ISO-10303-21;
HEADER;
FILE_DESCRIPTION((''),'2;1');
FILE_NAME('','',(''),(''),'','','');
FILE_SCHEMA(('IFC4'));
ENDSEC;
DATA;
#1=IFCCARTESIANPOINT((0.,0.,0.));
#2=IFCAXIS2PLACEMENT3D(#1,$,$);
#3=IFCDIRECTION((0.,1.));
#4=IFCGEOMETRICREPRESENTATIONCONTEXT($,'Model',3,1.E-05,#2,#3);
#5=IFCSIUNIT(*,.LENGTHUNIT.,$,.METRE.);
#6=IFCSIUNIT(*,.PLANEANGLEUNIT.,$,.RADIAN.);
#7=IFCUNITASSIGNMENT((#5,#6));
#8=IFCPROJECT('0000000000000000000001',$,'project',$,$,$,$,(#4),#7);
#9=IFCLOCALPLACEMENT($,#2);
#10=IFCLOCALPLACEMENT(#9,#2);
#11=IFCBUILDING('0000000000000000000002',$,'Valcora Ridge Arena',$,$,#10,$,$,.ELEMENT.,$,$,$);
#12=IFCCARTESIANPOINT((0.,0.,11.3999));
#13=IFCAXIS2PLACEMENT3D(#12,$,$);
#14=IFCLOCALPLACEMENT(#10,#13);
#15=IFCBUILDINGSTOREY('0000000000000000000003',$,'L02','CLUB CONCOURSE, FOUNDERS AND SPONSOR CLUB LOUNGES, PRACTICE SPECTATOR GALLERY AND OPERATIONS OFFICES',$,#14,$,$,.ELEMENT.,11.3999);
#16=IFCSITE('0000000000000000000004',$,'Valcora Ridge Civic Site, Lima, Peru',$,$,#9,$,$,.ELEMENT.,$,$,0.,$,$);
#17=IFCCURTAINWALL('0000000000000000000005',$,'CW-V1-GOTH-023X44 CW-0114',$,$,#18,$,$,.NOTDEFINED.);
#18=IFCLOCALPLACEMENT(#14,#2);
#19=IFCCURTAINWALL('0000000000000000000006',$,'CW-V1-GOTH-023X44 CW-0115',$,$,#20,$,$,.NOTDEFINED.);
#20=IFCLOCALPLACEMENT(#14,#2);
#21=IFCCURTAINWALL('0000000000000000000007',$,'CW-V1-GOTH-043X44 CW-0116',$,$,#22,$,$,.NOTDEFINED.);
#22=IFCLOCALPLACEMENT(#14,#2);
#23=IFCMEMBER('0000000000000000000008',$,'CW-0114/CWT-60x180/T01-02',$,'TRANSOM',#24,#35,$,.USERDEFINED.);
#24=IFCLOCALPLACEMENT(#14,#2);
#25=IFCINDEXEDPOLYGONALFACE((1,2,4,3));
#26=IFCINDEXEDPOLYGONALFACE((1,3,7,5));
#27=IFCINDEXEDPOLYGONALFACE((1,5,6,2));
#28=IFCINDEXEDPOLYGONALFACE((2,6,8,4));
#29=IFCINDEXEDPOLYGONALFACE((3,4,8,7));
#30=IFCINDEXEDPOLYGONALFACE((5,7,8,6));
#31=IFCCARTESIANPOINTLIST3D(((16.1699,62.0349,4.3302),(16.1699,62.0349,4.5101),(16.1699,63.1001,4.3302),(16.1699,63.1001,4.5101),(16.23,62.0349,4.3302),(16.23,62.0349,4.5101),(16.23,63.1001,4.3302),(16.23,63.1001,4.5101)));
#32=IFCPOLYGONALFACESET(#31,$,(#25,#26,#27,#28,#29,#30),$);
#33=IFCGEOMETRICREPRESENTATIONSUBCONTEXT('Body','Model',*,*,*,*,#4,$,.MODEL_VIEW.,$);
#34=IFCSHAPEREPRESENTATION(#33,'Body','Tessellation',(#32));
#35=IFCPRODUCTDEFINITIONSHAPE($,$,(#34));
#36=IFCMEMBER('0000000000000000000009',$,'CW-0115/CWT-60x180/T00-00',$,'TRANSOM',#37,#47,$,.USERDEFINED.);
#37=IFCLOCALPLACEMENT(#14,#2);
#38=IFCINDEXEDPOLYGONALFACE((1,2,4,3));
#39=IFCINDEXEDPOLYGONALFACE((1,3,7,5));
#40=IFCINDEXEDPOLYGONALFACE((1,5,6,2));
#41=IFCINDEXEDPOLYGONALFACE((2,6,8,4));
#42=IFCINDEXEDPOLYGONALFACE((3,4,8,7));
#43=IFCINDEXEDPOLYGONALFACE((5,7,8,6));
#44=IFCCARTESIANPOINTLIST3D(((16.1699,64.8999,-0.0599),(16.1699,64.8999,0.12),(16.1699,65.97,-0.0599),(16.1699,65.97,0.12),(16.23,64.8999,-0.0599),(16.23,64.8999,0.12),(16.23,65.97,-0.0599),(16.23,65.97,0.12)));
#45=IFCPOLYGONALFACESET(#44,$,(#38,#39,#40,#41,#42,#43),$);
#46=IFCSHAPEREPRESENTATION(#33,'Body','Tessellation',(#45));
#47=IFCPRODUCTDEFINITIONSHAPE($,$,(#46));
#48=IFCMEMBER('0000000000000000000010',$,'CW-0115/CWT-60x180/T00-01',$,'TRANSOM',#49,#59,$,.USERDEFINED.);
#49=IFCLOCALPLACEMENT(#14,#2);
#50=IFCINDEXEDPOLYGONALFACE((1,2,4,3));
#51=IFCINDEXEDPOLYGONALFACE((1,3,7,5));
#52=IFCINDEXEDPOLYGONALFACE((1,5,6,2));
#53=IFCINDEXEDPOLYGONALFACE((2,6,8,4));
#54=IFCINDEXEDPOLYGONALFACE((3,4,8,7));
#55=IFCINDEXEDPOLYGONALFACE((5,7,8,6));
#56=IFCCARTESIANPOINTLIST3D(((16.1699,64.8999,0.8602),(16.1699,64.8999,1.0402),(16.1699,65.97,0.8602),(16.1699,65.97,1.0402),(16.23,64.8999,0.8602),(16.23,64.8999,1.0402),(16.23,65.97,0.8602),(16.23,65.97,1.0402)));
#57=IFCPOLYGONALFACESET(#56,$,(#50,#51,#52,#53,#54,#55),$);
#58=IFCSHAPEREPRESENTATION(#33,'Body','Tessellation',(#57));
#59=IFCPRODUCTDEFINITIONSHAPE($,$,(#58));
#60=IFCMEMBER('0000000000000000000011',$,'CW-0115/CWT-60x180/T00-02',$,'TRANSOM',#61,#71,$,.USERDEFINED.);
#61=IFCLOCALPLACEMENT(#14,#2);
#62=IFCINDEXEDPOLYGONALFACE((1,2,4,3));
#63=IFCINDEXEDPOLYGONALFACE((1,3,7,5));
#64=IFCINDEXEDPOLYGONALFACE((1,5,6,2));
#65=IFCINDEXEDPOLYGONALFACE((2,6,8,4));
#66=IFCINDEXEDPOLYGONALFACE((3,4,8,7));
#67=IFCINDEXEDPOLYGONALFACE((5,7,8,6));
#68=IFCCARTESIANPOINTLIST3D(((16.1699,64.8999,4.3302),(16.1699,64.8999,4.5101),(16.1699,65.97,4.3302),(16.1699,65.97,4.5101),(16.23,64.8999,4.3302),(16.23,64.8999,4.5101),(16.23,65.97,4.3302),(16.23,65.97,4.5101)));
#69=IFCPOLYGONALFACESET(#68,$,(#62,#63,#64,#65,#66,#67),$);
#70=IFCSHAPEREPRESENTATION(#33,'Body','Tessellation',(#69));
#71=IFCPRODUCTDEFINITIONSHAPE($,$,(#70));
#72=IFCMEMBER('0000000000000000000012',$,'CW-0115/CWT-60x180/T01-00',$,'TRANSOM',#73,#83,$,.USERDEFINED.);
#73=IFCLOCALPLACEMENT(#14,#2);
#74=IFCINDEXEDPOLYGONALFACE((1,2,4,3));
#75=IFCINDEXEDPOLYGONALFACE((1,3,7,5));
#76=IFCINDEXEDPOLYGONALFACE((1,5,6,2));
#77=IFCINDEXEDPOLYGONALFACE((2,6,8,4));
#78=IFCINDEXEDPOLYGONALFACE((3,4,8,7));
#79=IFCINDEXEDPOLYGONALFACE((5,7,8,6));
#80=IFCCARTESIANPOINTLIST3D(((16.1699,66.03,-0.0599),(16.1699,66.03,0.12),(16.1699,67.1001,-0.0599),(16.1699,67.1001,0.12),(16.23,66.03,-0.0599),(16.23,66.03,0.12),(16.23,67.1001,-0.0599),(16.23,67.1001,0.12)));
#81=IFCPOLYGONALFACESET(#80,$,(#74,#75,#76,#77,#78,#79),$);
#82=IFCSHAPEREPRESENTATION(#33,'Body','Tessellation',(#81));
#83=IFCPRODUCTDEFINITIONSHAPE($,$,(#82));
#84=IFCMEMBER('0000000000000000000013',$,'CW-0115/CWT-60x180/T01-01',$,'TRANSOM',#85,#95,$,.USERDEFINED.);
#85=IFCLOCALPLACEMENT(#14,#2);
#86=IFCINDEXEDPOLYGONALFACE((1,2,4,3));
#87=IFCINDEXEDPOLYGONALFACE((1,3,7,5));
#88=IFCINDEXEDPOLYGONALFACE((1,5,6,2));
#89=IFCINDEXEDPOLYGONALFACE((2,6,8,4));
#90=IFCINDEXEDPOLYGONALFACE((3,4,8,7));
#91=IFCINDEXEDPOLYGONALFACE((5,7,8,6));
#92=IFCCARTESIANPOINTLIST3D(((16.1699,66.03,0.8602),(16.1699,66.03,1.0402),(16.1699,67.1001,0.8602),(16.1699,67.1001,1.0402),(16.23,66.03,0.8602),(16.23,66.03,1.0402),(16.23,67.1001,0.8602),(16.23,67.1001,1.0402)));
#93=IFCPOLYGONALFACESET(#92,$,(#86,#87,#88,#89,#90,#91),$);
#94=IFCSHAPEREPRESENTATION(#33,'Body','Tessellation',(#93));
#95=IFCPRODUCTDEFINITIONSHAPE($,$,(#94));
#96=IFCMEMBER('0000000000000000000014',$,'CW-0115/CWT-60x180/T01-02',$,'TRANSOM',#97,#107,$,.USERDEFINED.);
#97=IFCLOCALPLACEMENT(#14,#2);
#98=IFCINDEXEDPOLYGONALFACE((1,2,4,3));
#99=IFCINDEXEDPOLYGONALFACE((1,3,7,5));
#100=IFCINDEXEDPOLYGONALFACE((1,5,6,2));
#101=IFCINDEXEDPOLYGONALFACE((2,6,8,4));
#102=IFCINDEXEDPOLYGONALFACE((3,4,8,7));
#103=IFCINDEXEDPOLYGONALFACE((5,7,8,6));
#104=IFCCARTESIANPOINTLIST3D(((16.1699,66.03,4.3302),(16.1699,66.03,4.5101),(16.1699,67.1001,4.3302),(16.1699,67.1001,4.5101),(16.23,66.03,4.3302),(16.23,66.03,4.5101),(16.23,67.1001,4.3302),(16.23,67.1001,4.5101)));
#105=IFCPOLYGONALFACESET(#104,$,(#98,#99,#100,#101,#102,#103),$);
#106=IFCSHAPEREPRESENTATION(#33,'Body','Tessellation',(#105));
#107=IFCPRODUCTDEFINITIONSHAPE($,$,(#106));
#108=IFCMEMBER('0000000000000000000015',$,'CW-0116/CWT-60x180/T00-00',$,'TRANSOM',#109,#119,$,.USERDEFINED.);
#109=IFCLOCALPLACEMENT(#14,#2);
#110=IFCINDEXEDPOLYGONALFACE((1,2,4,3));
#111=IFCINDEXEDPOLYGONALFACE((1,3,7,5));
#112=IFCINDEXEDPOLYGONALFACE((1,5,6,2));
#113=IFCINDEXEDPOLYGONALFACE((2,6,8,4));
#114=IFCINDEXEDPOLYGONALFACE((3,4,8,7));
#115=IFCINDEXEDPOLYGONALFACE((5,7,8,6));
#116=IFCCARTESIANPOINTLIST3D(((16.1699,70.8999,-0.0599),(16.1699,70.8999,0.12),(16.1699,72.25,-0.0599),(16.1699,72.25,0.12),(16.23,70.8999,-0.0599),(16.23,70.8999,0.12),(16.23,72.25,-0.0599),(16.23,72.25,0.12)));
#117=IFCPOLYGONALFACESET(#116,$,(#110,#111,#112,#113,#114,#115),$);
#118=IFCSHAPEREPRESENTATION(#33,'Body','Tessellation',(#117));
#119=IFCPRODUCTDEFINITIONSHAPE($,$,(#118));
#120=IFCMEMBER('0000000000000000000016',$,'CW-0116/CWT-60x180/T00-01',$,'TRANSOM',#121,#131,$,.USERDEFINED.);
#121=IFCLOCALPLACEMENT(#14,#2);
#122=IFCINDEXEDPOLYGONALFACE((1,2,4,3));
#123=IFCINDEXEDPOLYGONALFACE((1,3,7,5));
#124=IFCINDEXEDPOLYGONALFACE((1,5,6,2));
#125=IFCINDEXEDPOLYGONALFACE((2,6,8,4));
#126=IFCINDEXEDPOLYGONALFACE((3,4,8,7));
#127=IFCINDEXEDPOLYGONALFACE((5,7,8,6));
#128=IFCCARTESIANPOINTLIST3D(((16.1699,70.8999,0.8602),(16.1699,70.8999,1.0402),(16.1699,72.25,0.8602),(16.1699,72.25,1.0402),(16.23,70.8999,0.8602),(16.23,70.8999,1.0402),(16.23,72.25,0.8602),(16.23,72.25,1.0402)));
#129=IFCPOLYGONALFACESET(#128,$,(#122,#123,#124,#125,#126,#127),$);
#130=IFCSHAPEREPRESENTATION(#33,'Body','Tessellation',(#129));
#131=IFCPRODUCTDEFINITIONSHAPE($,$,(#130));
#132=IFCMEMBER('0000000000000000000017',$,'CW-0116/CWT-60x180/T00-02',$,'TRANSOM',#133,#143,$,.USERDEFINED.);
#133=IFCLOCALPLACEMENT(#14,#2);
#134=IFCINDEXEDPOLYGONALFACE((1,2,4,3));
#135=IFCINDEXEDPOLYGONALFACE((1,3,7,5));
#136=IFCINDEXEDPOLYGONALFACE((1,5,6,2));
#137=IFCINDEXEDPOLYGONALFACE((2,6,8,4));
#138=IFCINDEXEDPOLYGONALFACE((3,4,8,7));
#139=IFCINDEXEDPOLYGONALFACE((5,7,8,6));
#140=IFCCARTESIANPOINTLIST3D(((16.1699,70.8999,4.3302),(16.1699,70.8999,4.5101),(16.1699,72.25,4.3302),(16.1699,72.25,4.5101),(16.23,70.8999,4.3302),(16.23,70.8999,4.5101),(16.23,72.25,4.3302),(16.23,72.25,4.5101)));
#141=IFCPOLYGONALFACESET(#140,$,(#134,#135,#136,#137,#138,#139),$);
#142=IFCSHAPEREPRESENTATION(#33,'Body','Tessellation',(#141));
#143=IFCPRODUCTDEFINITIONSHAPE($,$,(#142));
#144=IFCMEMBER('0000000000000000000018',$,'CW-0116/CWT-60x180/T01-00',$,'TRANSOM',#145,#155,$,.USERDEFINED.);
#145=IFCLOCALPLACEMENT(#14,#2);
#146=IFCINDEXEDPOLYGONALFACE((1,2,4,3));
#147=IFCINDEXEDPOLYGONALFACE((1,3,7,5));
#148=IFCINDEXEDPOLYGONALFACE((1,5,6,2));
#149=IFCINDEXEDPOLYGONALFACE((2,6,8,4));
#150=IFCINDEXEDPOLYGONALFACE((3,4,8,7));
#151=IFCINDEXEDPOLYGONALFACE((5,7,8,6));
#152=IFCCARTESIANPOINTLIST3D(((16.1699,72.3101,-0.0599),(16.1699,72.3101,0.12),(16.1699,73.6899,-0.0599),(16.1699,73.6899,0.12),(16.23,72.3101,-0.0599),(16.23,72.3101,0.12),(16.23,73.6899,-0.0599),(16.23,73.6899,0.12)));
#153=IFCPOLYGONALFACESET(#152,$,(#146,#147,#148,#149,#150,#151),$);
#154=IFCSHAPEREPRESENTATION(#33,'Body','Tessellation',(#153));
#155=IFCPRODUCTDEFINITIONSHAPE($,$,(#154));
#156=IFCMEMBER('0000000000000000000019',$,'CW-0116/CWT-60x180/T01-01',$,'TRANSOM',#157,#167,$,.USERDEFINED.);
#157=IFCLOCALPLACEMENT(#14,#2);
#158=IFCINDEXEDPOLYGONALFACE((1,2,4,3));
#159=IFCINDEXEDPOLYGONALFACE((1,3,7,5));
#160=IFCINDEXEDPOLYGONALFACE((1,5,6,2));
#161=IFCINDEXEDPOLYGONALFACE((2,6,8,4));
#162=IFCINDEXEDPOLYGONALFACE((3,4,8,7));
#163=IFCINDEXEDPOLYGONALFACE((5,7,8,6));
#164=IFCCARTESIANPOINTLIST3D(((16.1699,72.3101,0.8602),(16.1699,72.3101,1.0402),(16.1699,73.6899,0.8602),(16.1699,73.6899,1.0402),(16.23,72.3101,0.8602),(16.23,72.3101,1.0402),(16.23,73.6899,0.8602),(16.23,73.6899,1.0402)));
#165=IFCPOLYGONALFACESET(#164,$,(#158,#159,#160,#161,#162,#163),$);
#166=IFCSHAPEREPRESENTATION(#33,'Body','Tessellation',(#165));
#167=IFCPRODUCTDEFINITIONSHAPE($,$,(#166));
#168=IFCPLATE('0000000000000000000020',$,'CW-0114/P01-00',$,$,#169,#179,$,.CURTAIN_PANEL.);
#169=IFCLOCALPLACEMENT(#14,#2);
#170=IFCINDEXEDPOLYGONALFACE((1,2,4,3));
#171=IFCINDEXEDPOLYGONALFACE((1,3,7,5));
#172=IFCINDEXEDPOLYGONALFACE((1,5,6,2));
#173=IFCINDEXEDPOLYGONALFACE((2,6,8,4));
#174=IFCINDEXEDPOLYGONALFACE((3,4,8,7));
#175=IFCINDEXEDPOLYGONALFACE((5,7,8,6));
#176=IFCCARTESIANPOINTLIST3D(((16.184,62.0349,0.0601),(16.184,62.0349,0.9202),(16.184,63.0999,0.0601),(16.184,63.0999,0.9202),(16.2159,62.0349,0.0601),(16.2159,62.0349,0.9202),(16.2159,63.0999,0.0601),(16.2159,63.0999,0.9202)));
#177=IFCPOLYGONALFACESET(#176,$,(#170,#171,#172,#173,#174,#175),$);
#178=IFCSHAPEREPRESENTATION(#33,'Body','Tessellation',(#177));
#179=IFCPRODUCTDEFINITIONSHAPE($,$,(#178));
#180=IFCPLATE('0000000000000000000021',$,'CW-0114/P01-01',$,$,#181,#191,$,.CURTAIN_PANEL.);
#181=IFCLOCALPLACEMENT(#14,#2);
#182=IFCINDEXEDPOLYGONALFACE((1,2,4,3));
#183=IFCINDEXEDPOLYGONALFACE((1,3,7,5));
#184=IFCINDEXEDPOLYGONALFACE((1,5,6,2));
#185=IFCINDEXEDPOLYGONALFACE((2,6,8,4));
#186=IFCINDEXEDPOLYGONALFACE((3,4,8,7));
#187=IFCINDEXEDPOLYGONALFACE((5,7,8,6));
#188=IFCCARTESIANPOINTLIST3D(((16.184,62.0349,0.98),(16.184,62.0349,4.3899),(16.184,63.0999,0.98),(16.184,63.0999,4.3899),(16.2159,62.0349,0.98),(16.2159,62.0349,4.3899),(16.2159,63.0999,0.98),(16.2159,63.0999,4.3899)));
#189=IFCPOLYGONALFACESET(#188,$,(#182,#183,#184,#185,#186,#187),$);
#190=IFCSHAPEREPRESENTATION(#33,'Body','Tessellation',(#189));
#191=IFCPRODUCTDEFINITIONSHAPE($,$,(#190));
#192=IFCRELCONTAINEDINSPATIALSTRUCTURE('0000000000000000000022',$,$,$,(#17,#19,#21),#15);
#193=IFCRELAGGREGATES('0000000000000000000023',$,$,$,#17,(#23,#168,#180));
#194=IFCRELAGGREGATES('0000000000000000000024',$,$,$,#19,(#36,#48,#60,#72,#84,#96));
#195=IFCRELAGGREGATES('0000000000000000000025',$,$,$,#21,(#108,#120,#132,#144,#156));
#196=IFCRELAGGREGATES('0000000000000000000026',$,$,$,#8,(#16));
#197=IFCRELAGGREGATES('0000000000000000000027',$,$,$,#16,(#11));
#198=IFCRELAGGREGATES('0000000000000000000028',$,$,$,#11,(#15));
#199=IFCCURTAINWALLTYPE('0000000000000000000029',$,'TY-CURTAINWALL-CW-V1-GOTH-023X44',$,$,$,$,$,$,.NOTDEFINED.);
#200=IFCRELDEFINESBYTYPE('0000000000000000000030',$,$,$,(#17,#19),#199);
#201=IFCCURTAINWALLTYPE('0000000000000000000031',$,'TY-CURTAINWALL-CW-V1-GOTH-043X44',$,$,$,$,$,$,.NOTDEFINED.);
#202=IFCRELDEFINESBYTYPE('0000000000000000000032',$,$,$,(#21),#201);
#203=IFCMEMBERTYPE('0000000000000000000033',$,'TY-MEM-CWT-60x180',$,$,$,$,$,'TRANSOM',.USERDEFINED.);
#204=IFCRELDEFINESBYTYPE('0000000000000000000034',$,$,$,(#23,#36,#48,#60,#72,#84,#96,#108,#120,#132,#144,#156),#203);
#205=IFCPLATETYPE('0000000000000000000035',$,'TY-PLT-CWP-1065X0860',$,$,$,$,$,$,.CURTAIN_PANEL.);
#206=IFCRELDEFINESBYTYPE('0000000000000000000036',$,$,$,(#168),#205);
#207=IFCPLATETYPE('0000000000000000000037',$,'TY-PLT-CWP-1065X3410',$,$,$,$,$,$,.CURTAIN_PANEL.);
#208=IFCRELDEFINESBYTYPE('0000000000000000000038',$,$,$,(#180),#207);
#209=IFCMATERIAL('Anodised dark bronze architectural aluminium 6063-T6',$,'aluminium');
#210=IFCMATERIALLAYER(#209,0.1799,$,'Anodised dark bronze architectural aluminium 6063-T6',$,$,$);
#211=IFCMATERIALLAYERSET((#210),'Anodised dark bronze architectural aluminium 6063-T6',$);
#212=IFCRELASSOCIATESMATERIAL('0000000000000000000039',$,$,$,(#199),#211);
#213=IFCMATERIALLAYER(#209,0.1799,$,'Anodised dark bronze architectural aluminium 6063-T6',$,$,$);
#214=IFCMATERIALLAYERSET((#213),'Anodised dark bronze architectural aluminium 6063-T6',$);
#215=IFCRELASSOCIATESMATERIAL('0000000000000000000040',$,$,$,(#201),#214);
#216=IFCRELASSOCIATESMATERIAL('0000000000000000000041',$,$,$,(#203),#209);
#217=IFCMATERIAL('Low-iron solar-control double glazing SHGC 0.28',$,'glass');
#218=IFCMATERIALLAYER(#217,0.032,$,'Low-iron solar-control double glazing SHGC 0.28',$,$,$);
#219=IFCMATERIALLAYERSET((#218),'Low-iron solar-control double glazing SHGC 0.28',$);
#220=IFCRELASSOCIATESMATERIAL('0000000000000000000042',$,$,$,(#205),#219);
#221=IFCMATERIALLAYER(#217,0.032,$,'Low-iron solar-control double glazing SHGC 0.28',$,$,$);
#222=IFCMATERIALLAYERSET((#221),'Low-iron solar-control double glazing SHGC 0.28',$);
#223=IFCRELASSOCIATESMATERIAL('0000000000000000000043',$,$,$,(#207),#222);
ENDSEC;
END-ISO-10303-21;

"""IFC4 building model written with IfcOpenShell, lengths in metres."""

from ifc_helpers import new_model, si_unit, direction, frame, origin, origin_2d, place, context, subcontext, project, spatial, rectangle, extrude, material, layer, layer_set, material_profile, profile_set, type_object, element, aggregate, save


model = new_model("IFC4")

# Units and contexts
model_context = context("Model", 3, precision=1e-05, world=origin(), true_north=direction((0.0, 1.0)))
body_context = subcontext(model_context, "Body", "Model", "MODEL_VIEW")
ifc_project = project(units=[si_unit("LENGTHUNIT", "METRE"), si_unit("PLANEANGLEUNIT", "RADIAN")], contexts=[model_context])

# Site, building, storey
site_placement = place(None, origin())
site = spatial("IfcSite", under=ifc_project, at=site_placement, Name="Valcora Ridge Civic Site, Lima, Peru", CompositionType="ELEMENT", RefElevation=0.0)
building_placement = place(site_placement, origin())
building = spatial("IfcBuilding", under=site, at=building_placement, Name="Valcora Ridge Arena", CompositionType="ELEMENT")
storey_placement = place(building_placement, frame((0.0, 0.0, 11.3999)))
storey = spatial("IfcBuildingStorey", under=building, at=storey_placement, Name="L02", Description="CLUB CONCOURSE, FOUNDERS AND SPONSOR CLUB LOUNGES, PRACTICE SPECTATOR GALLERY AND OPERATIONS OFFICES", CompositionType="ELEMENT", Elevation=11.3999)

# Curtain wall
ifc_material_1 = material(Name="Anodised dark bronze architectural aluminium 6063-T6", Category="aluminium")
ifc_layer_1 = layer(ifc_material_1, 0.1799, Name="Anodised dark bronze architectural aluminium 6063-T6")
ifc_layer_set_1 = layer_set([ifc_layer_1], Name="Anodised dark bronze architectural aluminium 6063-T6")
curtain_wall_type_1 = type_object("IfcCurtainWallType", Name="TY-CURTAINWALL-CW-V1-GOTH-023X44", PredefinedType="NOTDEFINED", material=ifc_layer_set_1)
curtain_wall_1_placement = place(storey_placement, origin())
curtain_wall_1 = element("IfcCurtainWall", 1, at=curtain_wall_1_placement, inside=storey, type_object=curtain_wall_type_1, Name="CW-V1-GOTH-023X44 CW-0114", PredefinedType="NOTDEFINED")

# Curtain walls
curtain_wall_2_placement = place(storey_placement, origin())
curtain_wall_2 = element("IfcCurtainWall", 2, at=curtain_wall_2_placement, inside=storey, type_object=curtain_wall_type_1, Name="CW-V1-GOTH-023X44 CW-0115", PredefinedType="NOTDEFINED")
ifc_layer_2 = layer(ifc_material_1, 0.1799, Name="Anodised dark bronze architectural aluminium 6063-T6")
ifc_layer_set_2 = layer_set([ifc_layer_2], Name="Anodised dark bronze architectural aluminium 6063-T6")
curtain_wall_type_2 = type_object("IfcCurtainWallType", Name="TY-CURTAINWALL-CW-V1-GOTH-043X44", PredefinedType="NOTDEFINED", material=ifc_layer_set_2)
curtain_wall_3_placement = place(storey_placement, origin())
curtain_wall_3 = element("IfcCurtainWall", 3, at=curtain_wall_3_placement, inside=storey, type_object=curtain_wall_type_2, Name="CW-V1-GOTH-043X44 CW-0116", PredefinedType="NOTDEFINED")

# Members
ifc_material_profile_1 = material_profile(ifc_material_1, rectangle(XDim=0.0601, YDim=0.1799, at=origin_2d()), Name="ALU TRANSOM 60x180")
ifc_profile_set_1 = profile_set([ifc_material_profile_1], Name="Anodised dark bronze architectural aluminium 6063-T6")
member_type_1 = type_object("IfcMemberType", Name="TY-MEM-CWT-60x180", ElementType="TRANSOM", PredefinedType="USERDEFINED", material=ifc_profile_set_1)
member_1_placement = place(storey_placement, frame((16.2, 62.0349, 4.4202), z_axis=(0.0, 1.0, 0.0), x_axis=(-1.0, 0.0, 0.0)))
member_1 = element("IfcMember", 4, at=member_1_placement, type_object=member_type_1, Name="CW-0114/CWT-60x180/T01-02", ObjectType="TRANSOM", PredefinedType="USERDEFINED", context=body_context, shape_type="SweptSolid", body=[
    extrude(rectangle(XDim=0.0601, YDim=0.1799, at=origin_2d()), origin(), (0.0, 0.0, 1.0), 1.0652),
])
member_2_placement = place(storey_placement, frame((16.2, 64.8999, 0.03), z_axis=(0.0, 1.0, 0.0), x_axis=(-1.0, 0.0, 0.0)))
member_2 = element("IfcMember", 5, at=member_2_placement, type_object=member_type_1, Name="CW-0115/CWT-60x180/T00-00", ObjectType="TRANSOM", PredefinedType="USERDEFINED", context=body_context, shape_type="SweptSolid", body=[
    extrude(rectangle(XDim=0.0601, YDim=0.1799, at=origin_2d()), origin(), (0.0, 0.0, 1.0), 1.0701),
])
member_3_placement = place(storey_placement, frame((16.2, 64.8999, 0.9502), z_axis=(0.0, 1.0, 0.0), x_axis=(-1.0, 0.0, 0.0)))
member_3 = element("IfcMember", 6, at=member_3_placement, type_object=member_type_1, Name="CW-0115/CWT-60x180/T00-01", ObjectType="TRANSOM", PredefinedType="USERDEFINED", context=body_context, shape_type="SweptSolid", body=[
    extrude(rectangle(XDim=0.0601, YDim=0.1799, at=origin_2d()), origin(), (0.0, 0.0, 1.0), 1.0701),
])
member_4_placement = place(storey_placement, frame((16.2, 64.8999, 4.4202), z_axis=(0.0, 1.0, 0.0), x_axis=(-1.0, 0.0, 0.0)))
member_4 = element("IfcMember", 7, at=member_4_placement, type_object=member_type_1, Name="CW-0115/CWT-60x180/T00-02", ObjectType="TRANSOM", PredefinedType="USERDEFINED", context=body_context, shape_type="SweptSolid", body=[
    extrude(rectangle(XDim=0.0601, YDim=0.1799, at=origin_2d()), origin(), (0.0, 0.0, 1.0), 1.0701),
])
member_5_placement = place(storey_placement, frame((16.2, 66.03, 0.03), z_axis=(0.0, 1.0, 0.0), x_axis=(-1.0, 0.0, 0.0)))
member_5 = element("IfcMember", 8, at=member_5_placement, type_object=member_type_1, Name="CW-0115/CWT-60x180/T01-00", ObjectType="TRANSOM", PredefinedType="USERDEFINED", context=body_context, shape_type="SweptSolid", body=[
    extrude(rectangle(XDim=0.0601, YDim=0.1799, at=origin_2d()), origin(), (0.0, 0.0, 1.0), 1.0701),
])
member_6_placement = place(storey_placement, frame((16.2, 66.03, 0.9502), z_axis=(0.0, 1.0, 0.0), x_axis=(-1.0, 0.0, 0.0)))
member_6 = element("IfcMember", 9, at=member_6_placement, type_object=member_type_1, Name="CW-0115/CWT-60x180/T01-01", ObjectType="TRANSOM", PredefinedType="USERDEFINED", context=body_context, shape_type="SweptSolid", body=[
    extrude(rectangle(XDim=0.0601, YDim=0.1799, at=origin_2d()), origin(), (0.0, 0.0, 1.0), 1.0701),
])
member_7_placement = place(storey_placement, frame((16.2, 66.03, 4.4202), z_axis=(0.0, 1.0, 0.0), x_axis=(-1.0, 0.0, 0.0)))
member_7 = element("IfcMember", 10, at=member_7_placement, type_object=member_type_1, Name="CW-0115/CWT-60x180/T01-02", ObjectType="TRANSOM", PredefinedType="USERDEFINED", context=body_context, shape_type="SweptSolid", body=[
    extrude(rectangle(XDim=0.0601, YDim=0.1799, at=origin_2d()), origin(), (0.0, 0.0, 1.0), 1.0701),
])
member_8_placement = place(storey_placement, frame((16.2, 70.8999, 0.03), z_axis=(0.0, 1.0, 0.0), x_axis=(-1.0, 0.0, 0.0)))
member_8 = element("IfcMember", 11, at=member_8_placement, type_object=member_type_1, Name="CW-0116/CWT-60x180/T00-00", ObjectType="TRANSOM", PredefinedType="USERDEFINED", context=body_context, shape_type="SweptSolid", body=[
    extrude(rectangle(XDim=0.0601, YDim=0.1799, at=origin_2d()), origin(), (0.0, 0.0, 1.0), 1.3501),
])
member_9_placement = place(storey_placement, frame((16.2, 70.8999, 0.9502), z_axis=(0.0, 1.0, 0.0), x_axis=(-1.0, 0.0, 0.0)))
member_9 = element("IfcMember", 12, at=member_9_placement, type_object=member_type_1, Name="CW-0116/CWT-60x180/T00-01", ObjectType="TRANSOM", PredefinedType="USERDEFINED", context=body_context, shape_type="SweptSolid", body=[
    extrude(rectangle(XDim=0.0601, YDim=0.1799, at=origin_2d()), origin(), (0.0, 0.0, 1.0), 1.3501),
])
member_10_placement = place(storey_placement, frame((16.2, 70.8999, 4.4202), z_axis=(0.0, 1.0, 0.0), x_axis=(-1.0, 0.0, 0.0)))
member_10 = element("IfcMember", 13, at=member_10_placement, type_object=member_type_1, Name="CW-0116/CWT-60x180/T00-02", ObjectType="TRANSOM", PredefinedType="USERDEFINED", context=body_context, shape_type="SweptSolid", body=[
    extrude(rectangle(XDim=0.0601, YDim=0.1799, at=origin_2d()), origin(), (0.0, 0.0, 1.0), 1.3501),
])
member_11_placement = place(storey_placement, frame((16.2, 72.3101, 0.03), z_axis=(0.0, 1.0, 0.0), x_axis=(-1.0, 0.0, 0.0)))
member_11 = element("IfcMember", 14, at=member_11_placement, type_object=member_type_1, Name="CW-0116/CWT-60x180/T01-00", ObjectType="TRANSOM", PredefinedType="USERDEFINED", context=body_context, shape_type="SweptSolid", body=[
    extrude(rectangle(XDim=0.0601, YDim=0.1799, at=origin_2d()), origin(), (0.0, 0.0, 1.0), 1.3799),
])
member_12_placement = place(storey_placement, frame((16.2, 72.3101, 0.9502), z_axis=(0.0, 1.0, 0.0), x_axis=(-1.0, 0.0, 0.0)))
member_12 = element("IfcMember", 15, at=member_12_placement, type_object=member_type_1, Name="CW-0116/CWT-60x180/T01-01", ObjectType="TRANSOM", PredefinedType="USERDEFINED", context=body_context, shape_type="SweptSolid", body=[
    extrude(rectangle(XDim=0.0601, YDim=0.1799, at=origin_2d()), origin(), (0.0, 0.0, 1.0), 1.3799),
])

# Plates
ifc_material_2 = material(Name="Low-iron solar-control double glazing SHGC 0.28", Category="glass")
ifc_layer_3 = layer(ifc_material_2, 0.032, Name="Low-iron solar-control double glazing SHGC 0.28")
ifc_layer_set_3 = layer_set([ifc_layer_3], Name="Low-iron solar-control double glazing SHGC 0.28")
plate_type_1 = type_object("IfcPlateType", Name="TY-PLT-CWP-1065X0860", PredefinedType="CURTAIN_PANEL", material=ifc_layer_set_3)
plate_1_placement = place(storey_placement, frame((16.2, 62.5674, 0.0601), z_axis=(0.0, 0.0, 1.0), x_axis=(0.0, 1.0, 0.0)))
plate_1 = element("IfcPlate", 16, at=plate_1_placement, type_object=plate_type_1, Name="CW-0114/P01-00", PredefinedType="CURTAIN_PANEL", context=body_context, shape_type="SweptSolid", body=[
    extrude(rectangle(XDim=1.0649, YDim=0.032, at=origin_2d()), origin(), (0.0, 0.0, 1.0), 0.8601),
])
ifc_layer_4 = layer(ifc_material_2, 0.032, Name="Low-iron solar-control double glazing SHGC 0.28")
ifc_layer_set_4 = layer_set([ifc_layer_4], Name="Low-iron solar-control double glazing SHGC 0.28")
plate_type_2 = type_object("IfcPlateType", Name="TY-PLT-CWP-1065X3410", PredefinedType="CURTAIN_PANEL", material=ifc_layer_set_4)
plate_2_placement = place(storey_placement, frame((16.2, 62.5674, 0.98), z_axis=(0.0, 0.0, 1.0), x_axis=(0.0, 1.0, 0.0)))
plate_2 = element("IfcPlate", 17, at=plate_2_placement, type_object=plate_type_2, Name="CW-0114/P01-01", PredefinedType="CURTAIN_PANEL", context=body_context, shape_type="SweptSolid", body=[
    extrude(rectangle(XDim=1.0649, YDim=0.032, at=origin_2d()), origin(), (0.0, 0.0, 1.0), 3.4099),
])
aggregate(curtain_wall_1, [member_1, plate_1, plate_2])
aggregate(curtain_wall_2, [member_2, member_3, member_4, member_5, member_6, member_7])
aggregate(curtain_wall_3, [member_8, member_9, member_10, member_11, member_12])

save(model, "model.ifc")
